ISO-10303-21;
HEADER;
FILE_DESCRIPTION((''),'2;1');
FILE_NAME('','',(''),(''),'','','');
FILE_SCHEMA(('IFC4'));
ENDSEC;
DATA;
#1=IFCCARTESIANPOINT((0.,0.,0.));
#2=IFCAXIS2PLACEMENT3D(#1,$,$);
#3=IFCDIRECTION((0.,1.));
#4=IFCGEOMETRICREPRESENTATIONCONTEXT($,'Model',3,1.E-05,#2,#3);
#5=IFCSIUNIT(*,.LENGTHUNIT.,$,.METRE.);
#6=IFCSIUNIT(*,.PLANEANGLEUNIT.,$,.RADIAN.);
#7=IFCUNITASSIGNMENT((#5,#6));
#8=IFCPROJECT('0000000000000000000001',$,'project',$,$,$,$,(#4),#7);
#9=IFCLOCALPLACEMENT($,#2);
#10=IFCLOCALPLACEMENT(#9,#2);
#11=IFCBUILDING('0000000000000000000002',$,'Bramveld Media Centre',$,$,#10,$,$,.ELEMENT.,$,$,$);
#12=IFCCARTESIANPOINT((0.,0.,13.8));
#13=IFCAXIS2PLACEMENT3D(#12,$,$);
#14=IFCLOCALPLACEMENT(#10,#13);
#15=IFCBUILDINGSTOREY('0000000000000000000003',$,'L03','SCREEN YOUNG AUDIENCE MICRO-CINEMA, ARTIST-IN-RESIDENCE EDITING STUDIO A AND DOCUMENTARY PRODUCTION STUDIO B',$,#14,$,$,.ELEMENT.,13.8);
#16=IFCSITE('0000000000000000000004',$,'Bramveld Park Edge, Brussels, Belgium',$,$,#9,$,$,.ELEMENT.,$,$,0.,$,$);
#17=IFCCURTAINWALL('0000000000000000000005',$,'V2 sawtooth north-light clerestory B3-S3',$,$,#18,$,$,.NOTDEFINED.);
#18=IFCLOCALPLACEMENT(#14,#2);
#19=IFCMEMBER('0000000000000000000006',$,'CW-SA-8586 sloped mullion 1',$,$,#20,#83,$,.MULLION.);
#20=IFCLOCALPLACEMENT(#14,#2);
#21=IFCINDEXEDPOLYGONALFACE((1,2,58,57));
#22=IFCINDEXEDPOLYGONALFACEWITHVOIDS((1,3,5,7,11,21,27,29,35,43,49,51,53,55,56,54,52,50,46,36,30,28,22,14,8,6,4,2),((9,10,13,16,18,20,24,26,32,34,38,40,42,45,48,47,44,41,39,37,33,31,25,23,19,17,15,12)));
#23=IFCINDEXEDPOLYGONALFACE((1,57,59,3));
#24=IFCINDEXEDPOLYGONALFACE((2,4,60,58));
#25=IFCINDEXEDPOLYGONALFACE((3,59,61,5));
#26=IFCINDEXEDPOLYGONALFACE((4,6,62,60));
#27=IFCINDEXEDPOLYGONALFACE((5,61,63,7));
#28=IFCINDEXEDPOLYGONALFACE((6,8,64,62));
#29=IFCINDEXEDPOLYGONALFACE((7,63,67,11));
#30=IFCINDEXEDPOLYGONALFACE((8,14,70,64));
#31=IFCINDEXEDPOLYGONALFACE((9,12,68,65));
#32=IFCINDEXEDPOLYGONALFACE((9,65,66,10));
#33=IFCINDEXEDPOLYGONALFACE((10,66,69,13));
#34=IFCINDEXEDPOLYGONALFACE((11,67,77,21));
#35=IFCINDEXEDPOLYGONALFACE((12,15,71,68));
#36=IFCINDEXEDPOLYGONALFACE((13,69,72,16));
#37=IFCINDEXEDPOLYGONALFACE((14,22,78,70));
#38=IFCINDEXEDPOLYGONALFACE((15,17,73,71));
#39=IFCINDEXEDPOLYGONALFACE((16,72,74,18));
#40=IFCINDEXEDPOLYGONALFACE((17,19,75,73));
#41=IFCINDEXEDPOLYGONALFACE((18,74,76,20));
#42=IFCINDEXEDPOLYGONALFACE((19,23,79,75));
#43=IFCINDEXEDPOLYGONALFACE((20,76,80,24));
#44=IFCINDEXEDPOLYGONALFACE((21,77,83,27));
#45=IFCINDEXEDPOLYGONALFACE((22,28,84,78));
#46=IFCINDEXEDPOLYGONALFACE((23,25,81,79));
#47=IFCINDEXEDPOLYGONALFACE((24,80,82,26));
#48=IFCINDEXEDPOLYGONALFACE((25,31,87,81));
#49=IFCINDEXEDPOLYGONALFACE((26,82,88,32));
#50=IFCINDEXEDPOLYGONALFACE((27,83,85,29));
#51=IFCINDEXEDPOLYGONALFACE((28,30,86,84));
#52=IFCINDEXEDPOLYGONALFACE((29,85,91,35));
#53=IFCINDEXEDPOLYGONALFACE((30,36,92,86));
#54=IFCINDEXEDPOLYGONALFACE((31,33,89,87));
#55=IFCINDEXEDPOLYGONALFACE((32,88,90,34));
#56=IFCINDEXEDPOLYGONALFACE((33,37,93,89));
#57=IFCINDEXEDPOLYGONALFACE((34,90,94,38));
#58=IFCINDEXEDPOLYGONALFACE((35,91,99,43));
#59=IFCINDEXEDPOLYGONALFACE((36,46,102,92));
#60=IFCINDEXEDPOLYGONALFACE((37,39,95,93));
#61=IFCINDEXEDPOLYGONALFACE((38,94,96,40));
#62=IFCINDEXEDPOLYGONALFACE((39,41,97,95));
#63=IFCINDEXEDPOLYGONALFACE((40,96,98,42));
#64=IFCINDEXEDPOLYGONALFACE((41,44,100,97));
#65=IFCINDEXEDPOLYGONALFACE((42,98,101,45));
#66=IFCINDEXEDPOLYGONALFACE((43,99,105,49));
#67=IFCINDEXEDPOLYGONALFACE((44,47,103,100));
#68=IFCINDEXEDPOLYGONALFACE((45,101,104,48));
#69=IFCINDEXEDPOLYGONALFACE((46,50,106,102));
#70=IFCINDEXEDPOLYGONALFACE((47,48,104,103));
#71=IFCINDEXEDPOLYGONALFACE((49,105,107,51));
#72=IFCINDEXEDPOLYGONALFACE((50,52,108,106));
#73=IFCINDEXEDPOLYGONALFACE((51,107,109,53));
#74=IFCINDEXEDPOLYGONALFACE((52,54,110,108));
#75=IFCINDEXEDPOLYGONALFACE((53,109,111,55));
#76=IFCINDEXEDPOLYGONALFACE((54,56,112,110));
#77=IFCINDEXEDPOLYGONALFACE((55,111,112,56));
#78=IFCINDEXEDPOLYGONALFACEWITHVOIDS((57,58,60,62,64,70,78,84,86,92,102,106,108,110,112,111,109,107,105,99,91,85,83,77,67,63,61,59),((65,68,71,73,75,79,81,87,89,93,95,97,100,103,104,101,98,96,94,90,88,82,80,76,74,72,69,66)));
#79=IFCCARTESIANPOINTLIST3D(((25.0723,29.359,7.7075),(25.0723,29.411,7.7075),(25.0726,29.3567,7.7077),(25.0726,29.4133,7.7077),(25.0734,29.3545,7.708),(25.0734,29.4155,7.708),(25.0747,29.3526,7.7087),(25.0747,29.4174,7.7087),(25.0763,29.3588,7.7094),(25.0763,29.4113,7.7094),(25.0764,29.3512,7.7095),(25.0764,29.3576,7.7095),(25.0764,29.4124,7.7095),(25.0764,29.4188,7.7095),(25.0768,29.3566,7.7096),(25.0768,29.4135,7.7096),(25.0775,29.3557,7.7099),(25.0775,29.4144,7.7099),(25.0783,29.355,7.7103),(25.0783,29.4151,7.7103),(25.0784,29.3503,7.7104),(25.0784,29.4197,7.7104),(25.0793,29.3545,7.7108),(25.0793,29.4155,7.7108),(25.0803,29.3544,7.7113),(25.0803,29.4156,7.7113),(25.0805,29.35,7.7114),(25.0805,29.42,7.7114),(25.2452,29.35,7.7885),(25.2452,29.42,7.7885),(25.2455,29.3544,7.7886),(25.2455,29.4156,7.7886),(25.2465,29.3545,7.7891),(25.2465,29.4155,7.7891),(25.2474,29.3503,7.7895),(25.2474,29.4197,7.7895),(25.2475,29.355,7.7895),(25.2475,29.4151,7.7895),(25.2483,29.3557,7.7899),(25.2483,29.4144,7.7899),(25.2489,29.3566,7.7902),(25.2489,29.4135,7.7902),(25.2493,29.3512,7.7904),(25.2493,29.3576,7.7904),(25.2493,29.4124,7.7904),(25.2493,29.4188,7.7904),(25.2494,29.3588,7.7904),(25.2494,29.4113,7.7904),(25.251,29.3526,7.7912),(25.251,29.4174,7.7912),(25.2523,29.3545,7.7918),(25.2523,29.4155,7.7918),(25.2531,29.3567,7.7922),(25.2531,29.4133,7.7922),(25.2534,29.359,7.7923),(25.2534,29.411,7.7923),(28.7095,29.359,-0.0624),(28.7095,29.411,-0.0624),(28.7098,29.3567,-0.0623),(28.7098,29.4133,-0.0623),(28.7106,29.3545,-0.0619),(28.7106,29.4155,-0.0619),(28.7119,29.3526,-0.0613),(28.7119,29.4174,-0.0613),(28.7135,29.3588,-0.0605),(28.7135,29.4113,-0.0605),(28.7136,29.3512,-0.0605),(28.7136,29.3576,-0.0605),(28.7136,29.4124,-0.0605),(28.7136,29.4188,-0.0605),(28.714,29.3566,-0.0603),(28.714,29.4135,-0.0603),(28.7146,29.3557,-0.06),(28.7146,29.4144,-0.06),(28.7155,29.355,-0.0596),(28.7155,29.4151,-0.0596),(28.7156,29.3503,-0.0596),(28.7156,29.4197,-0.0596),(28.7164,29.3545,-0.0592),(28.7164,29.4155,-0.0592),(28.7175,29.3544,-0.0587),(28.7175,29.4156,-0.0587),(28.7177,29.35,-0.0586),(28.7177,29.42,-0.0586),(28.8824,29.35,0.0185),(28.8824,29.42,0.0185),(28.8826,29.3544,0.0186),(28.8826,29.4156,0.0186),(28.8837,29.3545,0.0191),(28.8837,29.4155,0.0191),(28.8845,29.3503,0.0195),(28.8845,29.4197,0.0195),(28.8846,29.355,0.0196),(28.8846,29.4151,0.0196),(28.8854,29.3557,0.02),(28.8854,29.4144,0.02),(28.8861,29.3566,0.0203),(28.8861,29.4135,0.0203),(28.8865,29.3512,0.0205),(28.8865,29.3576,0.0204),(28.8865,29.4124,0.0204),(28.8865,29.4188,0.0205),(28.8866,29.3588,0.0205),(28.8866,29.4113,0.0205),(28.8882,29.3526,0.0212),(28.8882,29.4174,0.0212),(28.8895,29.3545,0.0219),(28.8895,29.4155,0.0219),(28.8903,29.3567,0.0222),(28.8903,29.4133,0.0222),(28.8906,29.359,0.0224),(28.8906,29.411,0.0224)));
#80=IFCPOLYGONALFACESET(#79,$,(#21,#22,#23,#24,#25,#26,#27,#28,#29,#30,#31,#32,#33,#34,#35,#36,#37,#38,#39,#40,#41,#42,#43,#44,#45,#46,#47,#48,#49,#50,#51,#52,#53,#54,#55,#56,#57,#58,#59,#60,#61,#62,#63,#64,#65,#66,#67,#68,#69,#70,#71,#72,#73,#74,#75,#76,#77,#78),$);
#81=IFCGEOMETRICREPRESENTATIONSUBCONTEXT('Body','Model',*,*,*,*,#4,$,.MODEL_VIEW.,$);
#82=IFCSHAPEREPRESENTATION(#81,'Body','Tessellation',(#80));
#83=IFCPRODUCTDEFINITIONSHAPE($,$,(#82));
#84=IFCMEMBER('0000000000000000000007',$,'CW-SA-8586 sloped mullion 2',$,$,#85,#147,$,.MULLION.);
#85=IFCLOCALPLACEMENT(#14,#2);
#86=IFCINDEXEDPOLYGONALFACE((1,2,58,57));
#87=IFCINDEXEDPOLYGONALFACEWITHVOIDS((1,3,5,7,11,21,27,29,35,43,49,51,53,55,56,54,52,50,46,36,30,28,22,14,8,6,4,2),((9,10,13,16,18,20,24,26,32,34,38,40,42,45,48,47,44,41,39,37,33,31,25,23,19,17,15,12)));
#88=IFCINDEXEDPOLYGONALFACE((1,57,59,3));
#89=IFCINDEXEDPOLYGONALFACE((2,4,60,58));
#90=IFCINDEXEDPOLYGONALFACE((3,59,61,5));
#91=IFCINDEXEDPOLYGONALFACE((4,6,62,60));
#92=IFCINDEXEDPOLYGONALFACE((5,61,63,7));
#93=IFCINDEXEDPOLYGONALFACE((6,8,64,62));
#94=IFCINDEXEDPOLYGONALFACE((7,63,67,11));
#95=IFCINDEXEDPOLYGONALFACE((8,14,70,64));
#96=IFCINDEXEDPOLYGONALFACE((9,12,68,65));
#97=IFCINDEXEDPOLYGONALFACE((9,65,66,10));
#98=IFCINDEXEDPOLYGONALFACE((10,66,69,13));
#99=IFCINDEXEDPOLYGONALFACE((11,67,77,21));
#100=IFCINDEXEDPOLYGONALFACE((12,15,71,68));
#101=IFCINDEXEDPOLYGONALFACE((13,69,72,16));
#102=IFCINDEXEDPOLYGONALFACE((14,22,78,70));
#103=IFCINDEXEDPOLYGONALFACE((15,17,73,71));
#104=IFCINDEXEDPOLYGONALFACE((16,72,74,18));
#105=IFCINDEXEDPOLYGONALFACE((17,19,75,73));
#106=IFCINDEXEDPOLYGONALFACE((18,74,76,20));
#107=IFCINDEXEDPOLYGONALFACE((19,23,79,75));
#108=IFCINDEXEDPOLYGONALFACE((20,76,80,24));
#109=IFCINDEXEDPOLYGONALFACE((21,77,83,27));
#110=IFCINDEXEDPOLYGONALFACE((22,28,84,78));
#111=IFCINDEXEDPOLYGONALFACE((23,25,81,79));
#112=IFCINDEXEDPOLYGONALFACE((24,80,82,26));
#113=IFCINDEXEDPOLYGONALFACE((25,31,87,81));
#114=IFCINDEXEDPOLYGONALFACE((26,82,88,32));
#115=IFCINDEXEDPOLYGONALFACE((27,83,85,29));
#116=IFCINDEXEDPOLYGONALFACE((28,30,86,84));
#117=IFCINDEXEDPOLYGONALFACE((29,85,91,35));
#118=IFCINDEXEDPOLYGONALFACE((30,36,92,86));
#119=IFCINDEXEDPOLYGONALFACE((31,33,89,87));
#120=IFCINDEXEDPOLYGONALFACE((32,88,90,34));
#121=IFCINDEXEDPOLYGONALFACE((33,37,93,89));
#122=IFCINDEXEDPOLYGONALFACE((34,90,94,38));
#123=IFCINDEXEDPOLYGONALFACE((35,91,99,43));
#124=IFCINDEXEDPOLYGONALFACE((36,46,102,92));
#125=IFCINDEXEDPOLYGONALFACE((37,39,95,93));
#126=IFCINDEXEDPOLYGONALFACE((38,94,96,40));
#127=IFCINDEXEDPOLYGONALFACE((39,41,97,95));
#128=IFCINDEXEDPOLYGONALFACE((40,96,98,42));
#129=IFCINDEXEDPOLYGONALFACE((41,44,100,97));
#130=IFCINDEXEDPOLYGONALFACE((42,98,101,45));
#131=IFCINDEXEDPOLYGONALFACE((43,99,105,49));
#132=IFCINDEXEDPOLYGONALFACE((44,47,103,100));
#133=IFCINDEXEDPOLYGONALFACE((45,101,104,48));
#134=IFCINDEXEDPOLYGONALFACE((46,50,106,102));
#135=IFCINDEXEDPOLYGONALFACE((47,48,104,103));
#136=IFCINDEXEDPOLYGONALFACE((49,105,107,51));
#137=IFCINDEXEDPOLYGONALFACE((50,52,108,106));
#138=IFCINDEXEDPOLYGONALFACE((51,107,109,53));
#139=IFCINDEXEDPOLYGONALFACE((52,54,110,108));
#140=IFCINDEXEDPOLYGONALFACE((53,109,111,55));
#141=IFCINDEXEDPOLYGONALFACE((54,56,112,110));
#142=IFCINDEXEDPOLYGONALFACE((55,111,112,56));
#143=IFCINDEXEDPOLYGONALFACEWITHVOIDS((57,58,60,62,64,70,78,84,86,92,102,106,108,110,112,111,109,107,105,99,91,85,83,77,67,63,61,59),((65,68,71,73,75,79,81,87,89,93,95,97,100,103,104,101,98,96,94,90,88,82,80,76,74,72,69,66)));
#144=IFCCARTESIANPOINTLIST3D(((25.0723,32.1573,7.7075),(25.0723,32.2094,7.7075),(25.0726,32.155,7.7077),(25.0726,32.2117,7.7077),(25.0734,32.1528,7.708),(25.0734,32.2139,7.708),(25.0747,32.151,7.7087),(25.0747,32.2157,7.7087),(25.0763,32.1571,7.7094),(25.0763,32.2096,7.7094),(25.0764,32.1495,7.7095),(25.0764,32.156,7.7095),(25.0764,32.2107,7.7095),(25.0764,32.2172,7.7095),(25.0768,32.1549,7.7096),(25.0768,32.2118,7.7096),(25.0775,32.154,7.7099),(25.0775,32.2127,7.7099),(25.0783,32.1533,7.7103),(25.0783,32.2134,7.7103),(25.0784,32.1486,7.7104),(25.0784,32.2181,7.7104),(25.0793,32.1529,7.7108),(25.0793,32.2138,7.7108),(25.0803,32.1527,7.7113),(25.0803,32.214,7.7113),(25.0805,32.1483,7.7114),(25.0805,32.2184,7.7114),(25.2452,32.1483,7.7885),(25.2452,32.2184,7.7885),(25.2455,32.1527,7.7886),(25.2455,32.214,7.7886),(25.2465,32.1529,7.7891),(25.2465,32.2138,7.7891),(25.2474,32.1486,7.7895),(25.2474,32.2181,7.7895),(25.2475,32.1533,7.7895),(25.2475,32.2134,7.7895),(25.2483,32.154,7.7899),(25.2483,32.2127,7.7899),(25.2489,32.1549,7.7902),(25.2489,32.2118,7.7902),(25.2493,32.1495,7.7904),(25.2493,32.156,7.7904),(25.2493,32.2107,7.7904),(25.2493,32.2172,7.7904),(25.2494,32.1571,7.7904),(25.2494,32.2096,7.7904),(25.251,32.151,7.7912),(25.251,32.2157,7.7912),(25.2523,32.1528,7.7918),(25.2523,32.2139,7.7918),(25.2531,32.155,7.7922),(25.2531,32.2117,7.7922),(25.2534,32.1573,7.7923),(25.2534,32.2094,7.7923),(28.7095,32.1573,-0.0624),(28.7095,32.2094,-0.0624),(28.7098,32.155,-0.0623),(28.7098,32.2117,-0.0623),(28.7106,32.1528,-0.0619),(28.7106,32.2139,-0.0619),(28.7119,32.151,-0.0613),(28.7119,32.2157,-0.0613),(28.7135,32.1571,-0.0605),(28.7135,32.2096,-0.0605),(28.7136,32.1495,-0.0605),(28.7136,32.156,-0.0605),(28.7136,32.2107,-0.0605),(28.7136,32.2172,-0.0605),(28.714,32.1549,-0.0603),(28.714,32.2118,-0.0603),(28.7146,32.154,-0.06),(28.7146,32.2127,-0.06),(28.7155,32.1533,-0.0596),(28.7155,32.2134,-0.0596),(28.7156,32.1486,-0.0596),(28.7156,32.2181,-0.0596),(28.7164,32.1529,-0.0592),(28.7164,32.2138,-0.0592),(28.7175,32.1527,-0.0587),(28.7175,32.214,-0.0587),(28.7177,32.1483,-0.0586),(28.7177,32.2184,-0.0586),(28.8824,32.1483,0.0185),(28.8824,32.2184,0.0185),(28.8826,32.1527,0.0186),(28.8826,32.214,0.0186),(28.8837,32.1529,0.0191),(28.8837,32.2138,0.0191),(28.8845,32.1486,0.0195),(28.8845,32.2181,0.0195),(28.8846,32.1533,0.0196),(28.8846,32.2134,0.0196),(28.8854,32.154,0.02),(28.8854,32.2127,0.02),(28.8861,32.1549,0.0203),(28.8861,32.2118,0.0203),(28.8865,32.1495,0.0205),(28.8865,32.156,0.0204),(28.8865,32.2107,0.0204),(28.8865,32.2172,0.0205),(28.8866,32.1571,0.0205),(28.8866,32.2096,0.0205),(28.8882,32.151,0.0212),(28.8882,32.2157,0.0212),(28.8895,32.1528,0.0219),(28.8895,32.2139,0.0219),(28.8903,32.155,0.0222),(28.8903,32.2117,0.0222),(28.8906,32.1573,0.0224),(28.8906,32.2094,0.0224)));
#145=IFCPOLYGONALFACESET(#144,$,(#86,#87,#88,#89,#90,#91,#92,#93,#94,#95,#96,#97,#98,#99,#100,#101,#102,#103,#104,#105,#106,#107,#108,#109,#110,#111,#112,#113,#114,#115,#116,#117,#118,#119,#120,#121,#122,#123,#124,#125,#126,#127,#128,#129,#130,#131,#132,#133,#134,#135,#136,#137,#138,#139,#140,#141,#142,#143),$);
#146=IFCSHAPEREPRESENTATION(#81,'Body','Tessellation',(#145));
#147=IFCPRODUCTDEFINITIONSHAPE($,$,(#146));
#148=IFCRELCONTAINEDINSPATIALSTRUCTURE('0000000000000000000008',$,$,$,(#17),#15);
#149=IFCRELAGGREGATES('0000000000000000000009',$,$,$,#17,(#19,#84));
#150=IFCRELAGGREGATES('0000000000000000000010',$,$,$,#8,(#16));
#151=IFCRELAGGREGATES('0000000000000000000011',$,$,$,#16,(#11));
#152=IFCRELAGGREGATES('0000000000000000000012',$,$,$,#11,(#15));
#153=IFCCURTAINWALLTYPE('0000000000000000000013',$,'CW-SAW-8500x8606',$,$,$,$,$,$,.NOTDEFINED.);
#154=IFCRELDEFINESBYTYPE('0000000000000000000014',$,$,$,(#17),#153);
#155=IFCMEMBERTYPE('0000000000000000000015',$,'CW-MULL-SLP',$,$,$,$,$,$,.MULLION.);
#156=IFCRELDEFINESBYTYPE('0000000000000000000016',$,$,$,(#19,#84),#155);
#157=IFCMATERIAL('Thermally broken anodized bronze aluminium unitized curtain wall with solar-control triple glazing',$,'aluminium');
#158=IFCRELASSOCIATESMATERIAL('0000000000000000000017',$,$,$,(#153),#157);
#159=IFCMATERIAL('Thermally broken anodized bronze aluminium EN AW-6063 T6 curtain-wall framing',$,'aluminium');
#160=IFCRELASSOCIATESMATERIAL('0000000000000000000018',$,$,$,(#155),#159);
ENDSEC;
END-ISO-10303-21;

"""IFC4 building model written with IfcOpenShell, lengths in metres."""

from ifc_helpers import new_model, si_unit, direction, frame, origin, origin_2d, place, context, subcontext, project, spatial, hollow_rectangle, extrude, material, material_profile, profile_set, type_object, element, aggregate, save


model = new_model("IFC4")

# Units and contexts
model_context = context("Model", 3, precision=1e-05, world=origin(), true_north=direction((0.0, 1.0)))
body_context = subcontext(model_context, "Body", "Model", "MODEL_VIEW")
ifc_project = project(units=[si_unit("LENGTHUNIT", "METRE"), si_unit("PLANEANGLEUNIT", "RADIAN")], contexts=[model_context])

# Site, building, storey
site_placement = place(None, origin())
site = spatial("IfcSite", under=ifc_project, at=site_placement, Name="Bramveld Park Edge, Brussels, Belgium", CompositionType="ELEMENT", RefElevation=0.0)
building_placement = place(site_placement, origin())
building = spatial("IfcBuilding", under=site, at=building_placement, Name="Bramveld Media Centre", CompositionType="ELEMENT")
storey_placement = place(building_placement, frame((0.0, 0.0, 13.8)))
storey = spatial("IfcBuildingStorey", under=building, at=storey_placement, Name="L03", Description="SCREEN YOUNG AUDIENCE MICRO-CINEMA, ARTIST-IN-RESIDENCE EDITING STUDIO A AND DOCUMENTARY PRODUCTION STUDIO B", CompositionType="ELEMENT", Elevation=13.8)

# Curtain wall, members
ifc_material_1 = material(Name="Thermally broken anodized bronze aluminium unitized curtain wall with solar-control triple glazing", Category="aluminium")
curtain_wall_type_1 = type_object("IfcCurtainWallType", Name="CW-SAW-8500x8606", PredefinedType="NOTDEFINED", material=ifc_material_1)
curtain_wall_1_placement = place(storey_placement, origin())
curtain_wall_1 = element("IfcCurtainWall", 1, at=curtain_wall_1_placement, inside=storey, type_object=curtain_wall_type_1, Name="V2 sawtooth north-light clerestory B3-S3", PredefinedType="NOTDEFINED")
ifc_material_2 = material(Name="Thermally broken anodized bronze aluminium EN AW-6063 T6 curtain-wall framing", Category="aluminium")
ifc_material_profile_1 = material_profile(ifc_material_2, hollow_rectangle(XDim=0.0701, YDim=0.2, WallThickness=0.0044, InnerFilletRadius=0.0044, OuterFilletRadius=0.009, at=origin_2d()), Name="AL-MULL 70x200")
ifc_profile_set_1 = profile_set([ifc_material_profile_1], Name="Thermally broken anodized bronze aluminium EN AW-6063 T6 curtain-wall framing")
member_type_1 = type_object("IfcMemberType", Name="CW-MULL-SLP", PredefinedType="MULLION", material=ifc_profile_set_1)
member_1_placement = place(storey_placement, frame((28.8, 29.385, -0.02), z_axis=(-0.423957, 0.0, 0.905682), x_axis=(0.0, -1.0, 0.0)))
member_1 = element("IfcMember", 2, at=member_1_placement, type_object=member_type_1, Name="CW-SA-8586 sloped mullion 1", PredefinedType="MULLION", context=body_context, shape_type="SweptSolid", body=[
    extrude(hollow_rectangle(XDim=0.0701, YDim=0.2, WallThickness=0.0044, InnerFilletRadius=0.0044, OuterFilletRadius=0.009, at=origin_2d()), origin(), (0.0, 0.0, 1.0), 8.5791),
])
member_2_placement = place(storey_placement, frame((28.8, 32.1833, -0.02), z_axis=(-0.423957, 0.0, 0.905682), x_axis=(0.0, -1.0, 0.0)))
member_2 = element("IfcMember", 3, at=member_2_placement, type_object=member_type_1, Name="CW-SA-8586 sloped mullion 2", PredefinedType="MULLION", context=body_context, shape_type="SweptSolid", body=[
    extrude(hollow_rectangle(XDim=0.0701, YDim=0.2, WallThickness=0.0044, InnerFilletRadius=0.0044, OuterFilletRadius=0.009, at=origin_2d()), origin(), (0.0, 0.0, 1.0), 8.5791),
])
aggregate(curtain_wall_1, [member_1, member_2])

save(model, "model.ifc")
